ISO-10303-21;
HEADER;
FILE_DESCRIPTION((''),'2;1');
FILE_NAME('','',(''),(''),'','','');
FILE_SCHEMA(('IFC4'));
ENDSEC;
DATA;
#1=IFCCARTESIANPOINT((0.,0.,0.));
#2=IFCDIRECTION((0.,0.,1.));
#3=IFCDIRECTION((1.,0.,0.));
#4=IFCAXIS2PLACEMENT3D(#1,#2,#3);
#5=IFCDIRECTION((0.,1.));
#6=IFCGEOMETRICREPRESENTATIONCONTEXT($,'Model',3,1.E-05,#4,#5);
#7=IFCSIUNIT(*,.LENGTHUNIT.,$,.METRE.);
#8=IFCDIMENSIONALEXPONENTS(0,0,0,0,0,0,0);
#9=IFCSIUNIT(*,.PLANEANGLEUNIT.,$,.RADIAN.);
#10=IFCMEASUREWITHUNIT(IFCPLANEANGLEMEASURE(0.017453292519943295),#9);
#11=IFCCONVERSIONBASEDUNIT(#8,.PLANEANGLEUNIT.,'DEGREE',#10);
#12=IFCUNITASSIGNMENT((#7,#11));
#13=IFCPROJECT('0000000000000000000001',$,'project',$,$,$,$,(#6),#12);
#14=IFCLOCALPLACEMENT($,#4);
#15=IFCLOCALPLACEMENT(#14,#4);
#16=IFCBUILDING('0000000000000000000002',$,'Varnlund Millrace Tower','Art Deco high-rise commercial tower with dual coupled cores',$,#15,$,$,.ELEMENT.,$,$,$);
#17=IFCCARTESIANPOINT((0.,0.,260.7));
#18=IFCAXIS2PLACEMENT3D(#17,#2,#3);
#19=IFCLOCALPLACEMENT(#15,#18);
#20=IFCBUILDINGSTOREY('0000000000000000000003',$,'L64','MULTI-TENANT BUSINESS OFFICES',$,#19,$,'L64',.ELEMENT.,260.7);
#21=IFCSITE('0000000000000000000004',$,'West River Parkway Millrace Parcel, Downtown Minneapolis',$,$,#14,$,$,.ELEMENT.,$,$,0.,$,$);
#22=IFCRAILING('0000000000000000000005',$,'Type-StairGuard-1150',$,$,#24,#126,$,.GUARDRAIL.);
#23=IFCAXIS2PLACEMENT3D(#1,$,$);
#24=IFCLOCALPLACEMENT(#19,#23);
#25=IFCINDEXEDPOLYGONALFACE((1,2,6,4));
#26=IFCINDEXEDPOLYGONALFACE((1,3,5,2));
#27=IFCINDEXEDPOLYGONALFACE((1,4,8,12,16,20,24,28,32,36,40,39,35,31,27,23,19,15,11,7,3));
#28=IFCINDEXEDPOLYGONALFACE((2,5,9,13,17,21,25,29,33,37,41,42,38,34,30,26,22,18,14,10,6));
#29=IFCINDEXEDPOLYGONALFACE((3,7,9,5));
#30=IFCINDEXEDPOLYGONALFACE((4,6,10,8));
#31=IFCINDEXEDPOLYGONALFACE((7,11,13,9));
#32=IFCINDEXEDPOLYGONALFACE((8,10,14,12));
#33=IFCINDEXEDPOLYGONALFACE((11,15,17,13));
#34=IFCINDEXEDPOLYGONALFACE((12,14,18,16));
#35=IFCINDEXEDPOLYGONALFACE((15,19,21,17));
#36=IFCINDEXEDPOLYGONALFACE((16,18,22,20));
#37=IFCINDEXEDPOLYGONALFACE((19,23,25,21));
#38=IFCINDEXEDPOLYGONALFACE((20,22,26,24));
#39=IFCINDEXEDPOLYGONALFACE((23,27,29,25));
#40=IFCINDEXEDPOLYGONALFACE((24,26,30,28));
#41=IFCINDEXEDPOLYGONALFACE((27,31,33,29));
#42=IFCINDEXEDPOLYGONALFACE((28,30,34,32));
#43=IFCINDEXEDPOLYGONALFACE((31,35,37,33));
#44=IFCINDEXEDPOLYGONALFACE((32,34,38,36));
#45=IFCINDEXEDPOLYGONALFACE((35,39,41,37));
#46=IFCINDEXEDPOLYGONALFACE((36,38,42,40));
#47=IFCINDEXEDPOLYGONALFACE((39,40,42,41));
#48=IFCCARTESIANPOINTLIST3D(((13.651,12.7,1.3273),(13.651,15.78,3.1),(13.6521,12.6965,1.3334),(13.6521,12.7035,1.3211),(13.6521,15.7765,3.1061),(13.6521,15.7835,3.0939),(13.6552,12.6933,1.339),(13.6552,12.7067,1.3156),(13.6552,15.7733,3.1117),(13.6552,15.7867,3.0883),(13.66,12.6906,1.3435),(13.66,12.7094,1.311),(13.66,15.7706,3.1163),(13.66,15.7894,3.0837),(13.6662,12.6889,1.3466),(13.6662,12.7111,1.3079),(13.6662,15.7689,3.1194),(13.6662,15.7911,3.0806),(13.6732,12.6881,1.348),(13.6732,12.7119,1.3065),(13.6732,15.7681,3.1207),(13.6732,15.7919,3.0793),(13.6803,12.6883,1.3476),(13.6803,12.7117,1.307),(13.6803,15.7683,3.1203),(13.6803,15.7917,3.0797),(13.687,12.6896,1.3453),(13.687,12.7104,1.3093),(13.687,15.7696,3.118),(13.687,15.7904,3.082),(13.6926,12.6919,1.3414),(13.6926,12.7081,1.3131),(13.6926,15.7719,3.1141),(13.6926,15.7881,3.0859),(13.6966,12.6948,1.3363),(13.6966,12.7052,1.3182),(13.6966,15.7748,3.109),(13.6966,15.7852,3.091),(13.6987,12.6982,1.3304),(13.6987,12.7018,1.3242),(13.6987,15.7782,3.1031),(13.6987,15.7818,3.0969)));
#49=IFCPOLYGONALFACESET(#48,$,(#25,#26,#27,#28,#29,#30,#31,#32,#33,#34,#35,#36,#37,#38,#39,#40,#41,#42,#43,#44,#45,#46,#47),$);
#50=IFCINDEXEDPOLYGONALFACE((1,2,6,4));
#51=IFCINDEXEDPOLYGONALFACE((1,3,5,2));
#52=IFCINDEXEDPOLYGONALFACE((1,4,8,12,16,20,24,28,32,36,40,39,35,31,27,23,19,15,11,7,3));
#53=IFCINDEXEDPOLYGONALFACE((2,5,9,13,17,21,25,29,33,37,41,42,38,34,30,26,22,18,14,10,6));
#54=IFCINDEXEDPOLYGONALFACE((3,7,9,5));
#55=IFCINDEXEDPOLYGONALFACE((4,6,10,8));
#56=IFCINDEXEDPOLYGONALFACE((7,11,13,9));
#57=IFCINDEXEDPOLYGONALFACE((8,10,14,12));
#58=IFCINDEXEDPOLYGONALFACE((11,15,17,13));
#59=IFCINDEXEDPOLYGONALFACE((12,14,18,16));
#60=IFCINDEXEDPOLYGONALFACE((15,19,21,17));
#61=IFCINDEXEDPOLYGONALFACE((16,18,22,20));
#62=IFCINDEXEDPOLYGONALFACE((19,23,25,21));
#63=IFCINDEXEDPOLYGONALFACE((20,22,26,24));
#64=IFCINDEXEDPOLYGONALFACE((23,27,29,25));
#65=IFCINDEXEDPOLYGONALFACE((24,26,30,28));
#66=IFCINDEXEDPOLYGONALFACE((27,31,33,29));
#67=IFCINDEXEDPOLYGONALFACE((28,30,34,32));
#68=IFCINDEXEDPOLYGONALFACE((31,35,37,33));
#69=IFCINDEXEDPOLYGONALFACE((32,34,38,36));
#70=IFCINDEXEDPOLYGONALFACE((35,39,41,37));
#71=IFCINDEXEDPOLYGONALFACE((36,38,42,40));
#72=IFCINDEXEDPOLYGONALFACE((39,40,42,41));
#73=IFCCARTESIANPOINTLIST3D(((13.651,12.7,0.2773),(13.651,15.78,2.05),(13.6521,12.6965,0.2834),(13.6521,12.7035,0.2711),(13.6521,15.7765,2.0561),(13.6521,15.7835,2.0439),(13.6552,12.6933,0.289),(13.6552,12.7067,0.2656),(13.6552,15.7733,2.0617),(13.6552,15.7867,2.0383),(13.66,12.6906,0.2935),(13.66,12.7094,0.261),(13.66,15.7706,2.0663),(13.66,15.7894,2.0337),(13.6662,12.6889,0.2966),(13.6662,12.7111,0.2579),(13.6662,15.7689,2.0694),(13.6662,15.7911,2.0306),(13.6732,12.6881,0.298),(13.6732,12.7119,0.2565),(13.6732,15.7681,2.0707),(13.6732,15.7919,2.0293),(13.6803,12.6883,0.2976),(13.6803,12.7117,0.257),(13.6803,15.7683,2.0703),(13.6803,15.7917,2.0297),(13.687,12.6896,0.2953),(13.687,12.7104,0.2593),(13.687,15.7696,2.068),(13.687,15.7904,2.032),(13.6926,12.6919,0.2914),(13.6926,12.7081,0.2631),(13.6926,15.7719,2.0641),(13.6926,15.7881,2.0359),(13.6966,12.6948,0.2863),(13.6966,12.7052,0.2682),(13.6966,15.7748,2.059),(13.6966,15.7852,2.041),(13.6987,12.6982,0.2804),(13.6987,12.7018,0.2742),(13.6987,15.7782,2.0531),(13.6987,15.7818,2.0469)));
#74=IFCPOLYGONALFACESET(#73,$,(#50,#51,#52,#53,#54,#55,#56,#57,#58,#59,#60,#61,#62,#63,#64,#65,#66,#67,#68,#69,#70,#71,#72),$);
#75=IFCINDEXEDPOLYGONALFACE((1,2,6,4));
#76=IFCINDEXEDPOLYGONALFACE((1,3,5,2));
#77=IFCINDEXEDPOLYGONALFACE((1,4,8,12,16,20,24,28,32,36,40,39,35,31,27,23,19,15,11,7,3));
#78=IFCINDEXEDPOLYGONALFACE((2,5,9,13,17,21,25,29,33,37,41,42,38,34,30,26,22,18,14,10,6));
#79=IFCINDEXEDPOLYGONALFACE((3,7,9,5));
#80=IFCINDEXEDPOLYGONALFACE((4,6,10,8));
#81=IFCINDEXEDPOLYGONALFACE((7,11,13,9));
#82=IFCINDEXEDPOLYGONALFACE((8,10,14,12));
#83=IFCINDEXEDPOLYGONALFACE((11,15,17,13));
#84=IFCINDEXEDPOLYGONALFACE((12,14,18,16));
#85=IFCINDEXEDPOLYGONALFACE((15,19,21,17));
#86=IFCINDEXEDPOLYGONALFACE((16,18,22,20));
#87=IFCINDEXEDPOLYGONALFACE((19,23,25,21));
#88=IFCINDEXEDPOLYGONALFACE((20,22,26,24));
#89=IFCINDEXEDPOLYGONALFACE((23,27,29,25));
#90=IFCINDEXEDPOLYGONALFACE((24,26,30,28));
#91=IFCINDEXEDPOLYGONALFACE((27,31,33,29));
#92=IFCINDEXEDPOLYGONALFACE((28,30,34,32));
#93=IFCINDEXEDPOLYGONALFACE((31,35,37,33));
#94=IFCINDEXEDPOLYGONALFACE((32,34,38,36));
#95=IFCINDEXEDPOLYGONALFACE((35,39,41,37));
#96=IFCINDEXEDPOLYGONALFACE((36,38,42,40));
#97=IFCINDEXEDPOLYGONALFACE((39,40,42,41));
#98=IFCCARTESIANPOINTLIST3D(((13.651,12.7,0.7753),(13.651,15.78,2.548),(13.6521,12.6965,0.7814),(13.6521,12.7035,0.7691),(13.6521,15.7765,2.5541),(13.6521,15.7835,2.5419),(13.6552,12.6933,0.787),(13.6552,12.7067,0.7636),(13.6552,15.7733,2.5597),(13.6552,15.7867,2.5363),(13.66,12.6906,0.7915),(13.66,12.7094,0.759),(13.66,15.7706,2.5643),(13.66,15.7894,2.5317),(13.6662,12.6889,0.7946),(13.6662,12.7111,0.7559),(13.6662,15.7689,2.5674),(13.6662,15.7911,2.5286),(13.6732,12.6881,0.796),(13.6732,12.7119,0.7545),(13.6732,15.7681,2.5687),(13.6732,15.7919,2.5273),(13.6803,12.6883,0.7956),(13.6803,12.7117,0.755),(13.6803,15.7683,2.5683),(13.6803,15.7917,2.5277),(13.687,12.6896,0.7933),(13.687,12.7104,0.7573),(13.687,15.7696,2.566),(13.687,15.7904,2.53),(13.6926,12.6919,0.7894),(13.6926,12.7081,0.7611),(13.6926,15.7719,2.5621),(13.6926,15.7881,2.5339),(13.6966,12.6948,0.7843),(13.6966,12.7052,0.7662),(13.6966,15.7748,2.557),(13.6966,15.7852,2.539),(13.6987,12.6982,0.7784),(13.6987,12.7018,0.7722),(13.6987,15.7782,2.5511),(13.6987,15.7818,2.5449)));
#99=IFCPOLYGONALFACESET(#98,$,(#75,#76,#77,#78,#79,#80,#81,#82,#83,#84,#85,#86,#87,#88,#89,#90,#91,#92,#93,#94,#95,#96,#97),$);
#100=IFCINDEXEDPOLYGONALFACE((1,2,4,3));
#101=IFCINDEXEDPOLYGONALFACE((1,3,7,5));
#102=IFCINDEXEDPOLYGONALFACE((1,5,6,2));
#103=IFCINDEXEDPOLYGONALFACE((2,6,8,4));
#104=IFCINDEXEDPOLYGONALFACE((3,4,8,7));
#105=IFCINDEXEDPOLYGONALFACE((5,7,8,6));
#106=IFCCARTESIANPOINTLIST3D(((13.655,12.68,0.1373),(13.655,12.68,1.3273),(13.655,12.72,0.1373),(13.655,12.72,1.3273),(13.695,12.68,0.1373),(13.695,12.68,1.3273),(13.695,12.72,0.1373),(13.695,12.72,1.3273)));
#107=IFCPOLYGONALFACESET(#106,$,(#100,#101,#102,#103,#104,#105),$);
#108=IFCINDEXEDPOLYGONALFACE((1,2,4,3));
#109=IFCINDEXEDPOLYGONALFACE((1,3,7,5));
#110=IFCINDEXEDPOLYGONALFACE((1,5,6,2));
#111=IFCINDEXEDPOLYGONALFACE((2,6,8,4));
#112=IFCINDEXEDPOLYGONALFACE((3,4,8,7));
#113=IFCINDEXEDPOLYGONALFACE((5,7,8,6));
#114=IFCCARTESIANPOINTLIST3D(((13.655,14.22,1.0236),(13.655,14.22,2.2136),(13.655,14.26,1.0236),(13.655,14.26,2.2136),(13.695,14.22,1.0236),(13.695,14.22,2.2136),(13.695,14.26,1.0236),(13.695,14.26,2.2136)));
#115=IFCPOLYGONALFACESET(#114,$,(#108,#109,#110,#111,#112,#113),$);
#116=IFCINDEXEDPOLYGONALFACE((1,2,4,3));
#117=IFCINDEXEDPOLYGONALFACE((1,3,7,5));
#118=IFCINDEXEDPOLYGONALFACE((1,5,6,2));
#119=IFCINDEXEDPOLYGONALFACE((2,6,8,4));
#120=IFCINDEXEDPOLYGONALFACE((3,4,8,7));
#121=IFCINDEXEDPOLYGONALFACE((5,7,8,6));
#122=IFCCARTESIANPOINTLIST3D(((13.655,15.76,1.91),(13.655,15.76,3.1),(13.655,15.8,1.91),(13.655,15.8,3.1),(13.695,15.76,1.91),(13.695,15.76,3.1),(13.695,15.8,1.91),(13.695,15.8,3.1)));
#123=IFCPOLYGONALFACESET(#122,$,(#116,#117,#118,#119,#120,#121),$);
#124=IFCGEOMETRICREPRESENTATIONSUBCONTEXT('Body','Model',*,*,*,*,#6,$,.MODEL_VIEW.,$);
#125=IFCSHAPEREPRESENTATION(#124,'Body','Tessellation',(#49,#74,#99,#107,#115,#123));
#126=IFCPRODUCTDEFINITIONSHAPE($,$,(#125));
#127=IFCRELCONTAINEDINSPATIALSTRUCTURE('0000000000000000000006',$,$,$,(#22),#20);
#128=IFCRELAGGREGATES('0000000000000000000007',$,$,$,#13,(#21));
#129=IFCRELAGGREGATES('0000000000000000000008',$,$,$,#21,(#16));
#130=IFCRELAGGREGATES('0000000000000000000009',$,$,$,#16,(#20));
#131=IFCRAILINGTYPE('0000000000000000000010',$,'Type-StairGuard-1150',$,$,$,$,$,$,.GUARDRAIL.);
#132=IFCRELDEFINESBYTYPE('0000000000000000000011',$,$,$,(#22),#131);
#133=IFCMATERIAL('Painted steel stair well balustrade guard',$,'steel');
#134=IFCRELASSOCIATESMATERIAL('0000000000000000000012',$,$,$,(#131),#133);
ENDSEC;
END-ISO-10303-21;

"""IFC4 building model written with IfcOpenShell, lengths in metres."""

from ifc_helpers import new_model, entity, si_unit, converted_unit, direction, frame, origin_with_axes, origin_2d_with_axis, place, context, subcontext, project, spatial, rectangle, circle, extrude, material, type_object, element, save


model = new_model("IFC4")

# Units and contexts
model_context = context("Model", 3, precision=1e-05, world=origin_with_axes(), true_north=direction((0.0, 1.0)))
body_context = subcontext(model_context, "Body", "Model", "MODEL_VIEW")
ifc_project = project(units=[si_unit("LENGTHUNIT", "METRE"), converted_unit("PLANEANGLEUNIT", "DEGREE", entity("IfcPlaneAngleMeasure", 0.017453292519943295), si_unit("PLANEANGLEUNIT", "RADIAN"), dimensions=[0, 0, 0, 0, 0, 0, 0])], contexts=[model_context])

# Site, building, storey
site_placement = place(None, origin_with_axes())
site = spatial("IfcSite", under=ifc_project, at=site_placement, Name="West River Parkway Millrace Parcel, Downtown Minneapolis", CompositionType="ELEMENT", RefElevation=0.0)
building_placement = place(site_placement, origin_with_axes())
building = spatial("IfcBuilding", under=site, at=building_placement, Name="Varnlund Millrace Tower", Description="Art Deco high-rise commercial tower with dual coupled cores", CompositionType="ELEMENT")
storey_placement = place(building_placement, frame((0.0, 0.0, 260.7), z_axis=(0.0, 0.0, 1.0), x_axis=(1.0, 0.0, 0.0)))
storey = spatial("IfcBuildingStorey", under=building, at=storey_placement, Name="L64", Description="MULTI-TENANT BUSINESS OFFICES", LongName="L64", CompositionType="ELEMENT", Elevation=260.7)

# Railing
ifc_material_1 = material(Name="Painted steel stair well balustrade guard", Category="steel")
railing_type_1 = type_object("IfcRailingType", Name="Type-StairGuard-1150", PredefinedType="GUARDRAIL", material=ifc_material_1)
railing_1_placement = place(storey_placement, frame((0.0, 0.0, -260.7), z_axis=(0.0, 0.0, 1.0), x_axis=(1.0, 0.0, 0.0)))
element("IfcRailing", 1, at=railing_1_placement, inside=storey, type_object=railing_type_1, Name="Type-StairGuard-1150", PredefinedType="GUARDRAIL", context=body_context, shape_type="SweptSolid", body=[
    extrude(circle(Radius=0.024, at=origin_2d_with_axis()), frame((13.675, 12.7, 262.0273), z_axis=(0.0, 0.866696, 0.498836), x_axis=(-1.0, 0.0, 0.0)), (0.0, 0.0, 1.0), 3.5537),
    extrude(circle(Radius=0.024, at=origin_2d_with_axis()), frame((13.675, 12.7, 260.9773), z_axis=(0.0, 0.866696, 0.498836), x_axis=(-1.0, 0.0, 0.0)), (0.0, 0.0, 1.0), 3.5537),
    extrude(circle(Radius=0.024, at=origin_2d_with_axis()), frame((13.675, 12.7, 261.4753), z_axis=(0.0, 0.866696, 0.498836), x_axis=(-1.0, 0.0, 0.0)), (0.0, 0.0, 1.0), 3.5537),
    extrude(rectangle(XDim=0.04, YDim=0.04, at=origin_2d_with_axis()), frame((13.675, 12.7, 260.8373), z_axis=(0.0, 0.0, 1.0), x_axis=(1.0, 0.0, 0.0)), (0.0, 0.0, 1.0), 1.19),
    extrude(rectangle(XDim=0.04, YDim=0.04, at=origin_2d_with_axis()), frame((13.675, 14.24, 261.7236), z_axis=(0.0, 0.0, 1.0), x_axis=(1.0, 0.0, 0.0)), (0.0, 0.0, 1.0), 1.19),
    extrude(rectangle(XDim=0.04, YDim=0.04, at=origin_2d_with_axis()), frame((13.675, 15.78, 262.61), z_axis=(0.0, 0.0, 1.0), x_axis=(1.0, 0.0, 0.0)), (0.0, 0.0, 1.0), 1.19),
])

save(model, "model.ifc")
